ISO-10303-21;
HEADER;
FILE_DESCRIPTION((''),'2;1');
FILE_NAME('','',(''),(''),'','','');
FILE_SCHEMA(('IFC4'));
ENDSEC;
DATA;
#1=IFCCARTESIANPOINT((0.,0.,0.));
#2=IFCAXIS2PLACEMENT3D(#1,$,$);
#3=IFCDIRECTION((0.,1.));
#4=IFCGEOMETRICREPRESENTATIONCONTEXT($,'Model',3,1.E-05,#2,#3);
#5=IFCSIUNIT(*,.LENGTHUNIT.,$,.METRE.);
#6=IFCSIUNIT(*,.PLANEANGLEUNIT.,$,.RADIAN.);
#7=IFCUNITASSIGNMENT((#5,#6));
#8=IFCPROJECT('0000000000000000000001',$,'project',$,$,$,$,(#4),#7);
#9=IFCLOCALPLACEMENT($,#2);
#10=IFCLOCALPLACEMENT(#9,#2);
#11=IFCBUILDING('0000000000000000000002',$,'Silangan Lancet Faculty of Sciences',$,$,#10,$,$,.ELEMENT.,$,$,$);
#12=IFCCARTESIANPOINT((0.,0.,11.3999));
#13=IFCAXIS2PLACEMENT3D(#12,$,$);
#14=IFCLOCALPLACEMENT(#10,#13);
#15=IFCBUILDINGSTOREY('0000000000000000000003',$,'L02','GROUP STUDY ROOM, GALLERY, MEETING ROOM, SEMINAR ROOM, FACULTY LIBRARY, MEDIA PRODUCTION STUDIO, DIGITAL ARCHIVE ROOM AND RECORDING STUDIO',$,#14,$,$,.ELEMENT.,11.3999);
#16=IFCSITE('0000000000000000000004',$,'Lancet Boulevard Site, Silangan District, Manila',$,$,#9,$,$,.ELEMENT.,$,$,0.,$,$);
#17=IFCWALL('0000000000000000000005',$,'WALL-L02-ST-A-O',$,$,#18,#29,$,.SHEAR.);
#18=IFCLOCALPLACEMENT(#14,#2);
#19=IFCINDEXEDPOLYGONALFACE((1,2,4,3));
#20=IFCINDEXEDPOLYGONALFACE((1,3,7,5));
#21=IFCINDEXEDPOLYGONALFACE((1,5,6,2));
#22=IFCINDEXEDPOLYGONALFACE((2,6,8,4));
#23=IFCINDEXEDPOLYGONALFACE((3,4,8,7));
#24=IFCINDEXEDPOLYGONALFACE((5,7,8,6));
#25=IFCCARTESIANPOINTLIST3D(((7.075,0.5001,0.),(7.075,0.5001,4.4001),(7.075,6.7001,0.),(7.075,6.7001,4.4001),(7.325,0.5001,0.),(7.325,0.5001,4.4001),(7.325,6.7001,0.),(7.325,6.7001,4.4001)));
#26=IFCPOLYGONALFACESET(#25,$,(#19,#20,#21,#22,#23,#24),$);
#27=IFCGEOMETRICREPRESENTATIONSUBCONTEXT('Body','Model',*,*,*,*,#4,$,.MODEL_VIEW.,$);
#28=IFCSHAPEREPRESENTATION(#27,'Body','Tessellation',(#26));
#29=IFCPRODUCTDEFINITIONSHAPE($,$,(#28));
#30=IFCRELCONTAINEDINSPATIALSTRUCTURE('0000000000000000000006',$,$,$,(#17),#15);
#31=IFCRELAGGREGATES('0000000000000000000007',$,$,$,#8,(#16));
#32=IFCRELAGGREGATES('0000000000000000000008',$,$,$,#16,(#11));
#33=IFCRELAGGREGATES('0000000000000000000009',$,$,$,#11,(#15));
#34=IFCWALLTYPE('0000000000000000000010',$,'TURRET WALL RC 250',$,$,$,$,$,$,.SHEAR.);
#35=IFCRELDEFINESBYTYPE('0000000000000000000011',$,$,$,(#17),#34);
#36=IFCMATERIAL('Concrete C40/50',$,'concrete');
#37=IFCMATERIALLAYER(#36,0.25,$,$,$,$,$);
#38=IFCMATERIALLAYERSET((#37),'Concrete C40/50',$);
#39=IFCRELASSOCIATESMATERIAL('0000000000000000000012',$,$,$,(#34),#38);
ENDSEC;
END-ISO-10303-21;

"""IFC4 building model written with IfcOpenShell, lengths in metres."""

from ifc_helpers import new_model, si_unit, direction, frame, frame_2d, origin, place, context, subcontext, project, spatial, rectangle, extrude, material, layer, layer_set, type_object, element, save


model = new_model("IFC4")

# Units and contexts
model_context = context("Model", 3, precision=1e-05, world=origin(), true_north=direction((0.0, 1.0)))
body_context = subcontext(model_context, "Body", "Model", "MODEL_VIEW")
ifc_project = project(units=[si_unit("LENGTHUNIT", "METRE"), si_unit("PLANEANGLEUNIT", "RADIAN")], contexts=[model_context])

# Site, building, storey
site_placement = place(None, origin())
site = spatial("IfcSite", under=ifc_project, at=site_placement, Name="Lancet Boulevard Site, Silangan District, Manila", CompositionType="ELEMENT", RefElevation=0.0)
building_placement = place(site_placement, origin())
building = spatial("IfcBuilding", under=site, at=building_placement, Name="Silangan Lancet Faculty of Sciences", CompositionType="ELEMENT")
storey_placement = place(building_placement, frame((0.0, 0.0, 11.3999)))
storey = spatial("IfcBuildingStorey", under=building, at=storey_placement, Name="L02", Description="GROUP STUDY ROOM, GALLERY, MEETING ROOM, SEMINAR ROOM, FACULTY LIBRARY, MEDIA PRODUCTION STUDIO, DIGITAL ARCHIVE ROOM AND RECORDING STUDIO", CompositionType="ELEMENT", Elevation=11.3999)

# Wall
ifc_material_1 = material(Name="Concrete C40/50", Category="concrete")
ifc_layer_1 = layer(ifc_material_1, 0.25)
ifc_layer_set_1 = layer_set([ifc_layer_1], Name="Concrete C40/50")
wall_type_1 = type_object("IfcWallType", Name="TURRET WALL RC 250", PredefinedType="SHEAR", material=ifc_layer_set_1)
wall_1_placement = place(storey_placement, frame((7.2, 0.5, 0.0), z_axis=(0.0, 0.0, 1.0), x_axis=(0.0, 1.0, 0.0)))
element("IfcWall", 1, at=wall_1_placement, inside=storey, type_object=wall_type_1, Name="WALL-L02-ST-A-O", PredefinedType="SHEAR", context=body_context, shape_type="SweptSolid", body=[
    extrude(rectangle(XDim=6.2, YDim=0.25, at=frame_2d((3.1001, 0.0))), origin(), (0.0, 0.0, 1.0), 4.4001),
])

save(model, "model.ifc")
